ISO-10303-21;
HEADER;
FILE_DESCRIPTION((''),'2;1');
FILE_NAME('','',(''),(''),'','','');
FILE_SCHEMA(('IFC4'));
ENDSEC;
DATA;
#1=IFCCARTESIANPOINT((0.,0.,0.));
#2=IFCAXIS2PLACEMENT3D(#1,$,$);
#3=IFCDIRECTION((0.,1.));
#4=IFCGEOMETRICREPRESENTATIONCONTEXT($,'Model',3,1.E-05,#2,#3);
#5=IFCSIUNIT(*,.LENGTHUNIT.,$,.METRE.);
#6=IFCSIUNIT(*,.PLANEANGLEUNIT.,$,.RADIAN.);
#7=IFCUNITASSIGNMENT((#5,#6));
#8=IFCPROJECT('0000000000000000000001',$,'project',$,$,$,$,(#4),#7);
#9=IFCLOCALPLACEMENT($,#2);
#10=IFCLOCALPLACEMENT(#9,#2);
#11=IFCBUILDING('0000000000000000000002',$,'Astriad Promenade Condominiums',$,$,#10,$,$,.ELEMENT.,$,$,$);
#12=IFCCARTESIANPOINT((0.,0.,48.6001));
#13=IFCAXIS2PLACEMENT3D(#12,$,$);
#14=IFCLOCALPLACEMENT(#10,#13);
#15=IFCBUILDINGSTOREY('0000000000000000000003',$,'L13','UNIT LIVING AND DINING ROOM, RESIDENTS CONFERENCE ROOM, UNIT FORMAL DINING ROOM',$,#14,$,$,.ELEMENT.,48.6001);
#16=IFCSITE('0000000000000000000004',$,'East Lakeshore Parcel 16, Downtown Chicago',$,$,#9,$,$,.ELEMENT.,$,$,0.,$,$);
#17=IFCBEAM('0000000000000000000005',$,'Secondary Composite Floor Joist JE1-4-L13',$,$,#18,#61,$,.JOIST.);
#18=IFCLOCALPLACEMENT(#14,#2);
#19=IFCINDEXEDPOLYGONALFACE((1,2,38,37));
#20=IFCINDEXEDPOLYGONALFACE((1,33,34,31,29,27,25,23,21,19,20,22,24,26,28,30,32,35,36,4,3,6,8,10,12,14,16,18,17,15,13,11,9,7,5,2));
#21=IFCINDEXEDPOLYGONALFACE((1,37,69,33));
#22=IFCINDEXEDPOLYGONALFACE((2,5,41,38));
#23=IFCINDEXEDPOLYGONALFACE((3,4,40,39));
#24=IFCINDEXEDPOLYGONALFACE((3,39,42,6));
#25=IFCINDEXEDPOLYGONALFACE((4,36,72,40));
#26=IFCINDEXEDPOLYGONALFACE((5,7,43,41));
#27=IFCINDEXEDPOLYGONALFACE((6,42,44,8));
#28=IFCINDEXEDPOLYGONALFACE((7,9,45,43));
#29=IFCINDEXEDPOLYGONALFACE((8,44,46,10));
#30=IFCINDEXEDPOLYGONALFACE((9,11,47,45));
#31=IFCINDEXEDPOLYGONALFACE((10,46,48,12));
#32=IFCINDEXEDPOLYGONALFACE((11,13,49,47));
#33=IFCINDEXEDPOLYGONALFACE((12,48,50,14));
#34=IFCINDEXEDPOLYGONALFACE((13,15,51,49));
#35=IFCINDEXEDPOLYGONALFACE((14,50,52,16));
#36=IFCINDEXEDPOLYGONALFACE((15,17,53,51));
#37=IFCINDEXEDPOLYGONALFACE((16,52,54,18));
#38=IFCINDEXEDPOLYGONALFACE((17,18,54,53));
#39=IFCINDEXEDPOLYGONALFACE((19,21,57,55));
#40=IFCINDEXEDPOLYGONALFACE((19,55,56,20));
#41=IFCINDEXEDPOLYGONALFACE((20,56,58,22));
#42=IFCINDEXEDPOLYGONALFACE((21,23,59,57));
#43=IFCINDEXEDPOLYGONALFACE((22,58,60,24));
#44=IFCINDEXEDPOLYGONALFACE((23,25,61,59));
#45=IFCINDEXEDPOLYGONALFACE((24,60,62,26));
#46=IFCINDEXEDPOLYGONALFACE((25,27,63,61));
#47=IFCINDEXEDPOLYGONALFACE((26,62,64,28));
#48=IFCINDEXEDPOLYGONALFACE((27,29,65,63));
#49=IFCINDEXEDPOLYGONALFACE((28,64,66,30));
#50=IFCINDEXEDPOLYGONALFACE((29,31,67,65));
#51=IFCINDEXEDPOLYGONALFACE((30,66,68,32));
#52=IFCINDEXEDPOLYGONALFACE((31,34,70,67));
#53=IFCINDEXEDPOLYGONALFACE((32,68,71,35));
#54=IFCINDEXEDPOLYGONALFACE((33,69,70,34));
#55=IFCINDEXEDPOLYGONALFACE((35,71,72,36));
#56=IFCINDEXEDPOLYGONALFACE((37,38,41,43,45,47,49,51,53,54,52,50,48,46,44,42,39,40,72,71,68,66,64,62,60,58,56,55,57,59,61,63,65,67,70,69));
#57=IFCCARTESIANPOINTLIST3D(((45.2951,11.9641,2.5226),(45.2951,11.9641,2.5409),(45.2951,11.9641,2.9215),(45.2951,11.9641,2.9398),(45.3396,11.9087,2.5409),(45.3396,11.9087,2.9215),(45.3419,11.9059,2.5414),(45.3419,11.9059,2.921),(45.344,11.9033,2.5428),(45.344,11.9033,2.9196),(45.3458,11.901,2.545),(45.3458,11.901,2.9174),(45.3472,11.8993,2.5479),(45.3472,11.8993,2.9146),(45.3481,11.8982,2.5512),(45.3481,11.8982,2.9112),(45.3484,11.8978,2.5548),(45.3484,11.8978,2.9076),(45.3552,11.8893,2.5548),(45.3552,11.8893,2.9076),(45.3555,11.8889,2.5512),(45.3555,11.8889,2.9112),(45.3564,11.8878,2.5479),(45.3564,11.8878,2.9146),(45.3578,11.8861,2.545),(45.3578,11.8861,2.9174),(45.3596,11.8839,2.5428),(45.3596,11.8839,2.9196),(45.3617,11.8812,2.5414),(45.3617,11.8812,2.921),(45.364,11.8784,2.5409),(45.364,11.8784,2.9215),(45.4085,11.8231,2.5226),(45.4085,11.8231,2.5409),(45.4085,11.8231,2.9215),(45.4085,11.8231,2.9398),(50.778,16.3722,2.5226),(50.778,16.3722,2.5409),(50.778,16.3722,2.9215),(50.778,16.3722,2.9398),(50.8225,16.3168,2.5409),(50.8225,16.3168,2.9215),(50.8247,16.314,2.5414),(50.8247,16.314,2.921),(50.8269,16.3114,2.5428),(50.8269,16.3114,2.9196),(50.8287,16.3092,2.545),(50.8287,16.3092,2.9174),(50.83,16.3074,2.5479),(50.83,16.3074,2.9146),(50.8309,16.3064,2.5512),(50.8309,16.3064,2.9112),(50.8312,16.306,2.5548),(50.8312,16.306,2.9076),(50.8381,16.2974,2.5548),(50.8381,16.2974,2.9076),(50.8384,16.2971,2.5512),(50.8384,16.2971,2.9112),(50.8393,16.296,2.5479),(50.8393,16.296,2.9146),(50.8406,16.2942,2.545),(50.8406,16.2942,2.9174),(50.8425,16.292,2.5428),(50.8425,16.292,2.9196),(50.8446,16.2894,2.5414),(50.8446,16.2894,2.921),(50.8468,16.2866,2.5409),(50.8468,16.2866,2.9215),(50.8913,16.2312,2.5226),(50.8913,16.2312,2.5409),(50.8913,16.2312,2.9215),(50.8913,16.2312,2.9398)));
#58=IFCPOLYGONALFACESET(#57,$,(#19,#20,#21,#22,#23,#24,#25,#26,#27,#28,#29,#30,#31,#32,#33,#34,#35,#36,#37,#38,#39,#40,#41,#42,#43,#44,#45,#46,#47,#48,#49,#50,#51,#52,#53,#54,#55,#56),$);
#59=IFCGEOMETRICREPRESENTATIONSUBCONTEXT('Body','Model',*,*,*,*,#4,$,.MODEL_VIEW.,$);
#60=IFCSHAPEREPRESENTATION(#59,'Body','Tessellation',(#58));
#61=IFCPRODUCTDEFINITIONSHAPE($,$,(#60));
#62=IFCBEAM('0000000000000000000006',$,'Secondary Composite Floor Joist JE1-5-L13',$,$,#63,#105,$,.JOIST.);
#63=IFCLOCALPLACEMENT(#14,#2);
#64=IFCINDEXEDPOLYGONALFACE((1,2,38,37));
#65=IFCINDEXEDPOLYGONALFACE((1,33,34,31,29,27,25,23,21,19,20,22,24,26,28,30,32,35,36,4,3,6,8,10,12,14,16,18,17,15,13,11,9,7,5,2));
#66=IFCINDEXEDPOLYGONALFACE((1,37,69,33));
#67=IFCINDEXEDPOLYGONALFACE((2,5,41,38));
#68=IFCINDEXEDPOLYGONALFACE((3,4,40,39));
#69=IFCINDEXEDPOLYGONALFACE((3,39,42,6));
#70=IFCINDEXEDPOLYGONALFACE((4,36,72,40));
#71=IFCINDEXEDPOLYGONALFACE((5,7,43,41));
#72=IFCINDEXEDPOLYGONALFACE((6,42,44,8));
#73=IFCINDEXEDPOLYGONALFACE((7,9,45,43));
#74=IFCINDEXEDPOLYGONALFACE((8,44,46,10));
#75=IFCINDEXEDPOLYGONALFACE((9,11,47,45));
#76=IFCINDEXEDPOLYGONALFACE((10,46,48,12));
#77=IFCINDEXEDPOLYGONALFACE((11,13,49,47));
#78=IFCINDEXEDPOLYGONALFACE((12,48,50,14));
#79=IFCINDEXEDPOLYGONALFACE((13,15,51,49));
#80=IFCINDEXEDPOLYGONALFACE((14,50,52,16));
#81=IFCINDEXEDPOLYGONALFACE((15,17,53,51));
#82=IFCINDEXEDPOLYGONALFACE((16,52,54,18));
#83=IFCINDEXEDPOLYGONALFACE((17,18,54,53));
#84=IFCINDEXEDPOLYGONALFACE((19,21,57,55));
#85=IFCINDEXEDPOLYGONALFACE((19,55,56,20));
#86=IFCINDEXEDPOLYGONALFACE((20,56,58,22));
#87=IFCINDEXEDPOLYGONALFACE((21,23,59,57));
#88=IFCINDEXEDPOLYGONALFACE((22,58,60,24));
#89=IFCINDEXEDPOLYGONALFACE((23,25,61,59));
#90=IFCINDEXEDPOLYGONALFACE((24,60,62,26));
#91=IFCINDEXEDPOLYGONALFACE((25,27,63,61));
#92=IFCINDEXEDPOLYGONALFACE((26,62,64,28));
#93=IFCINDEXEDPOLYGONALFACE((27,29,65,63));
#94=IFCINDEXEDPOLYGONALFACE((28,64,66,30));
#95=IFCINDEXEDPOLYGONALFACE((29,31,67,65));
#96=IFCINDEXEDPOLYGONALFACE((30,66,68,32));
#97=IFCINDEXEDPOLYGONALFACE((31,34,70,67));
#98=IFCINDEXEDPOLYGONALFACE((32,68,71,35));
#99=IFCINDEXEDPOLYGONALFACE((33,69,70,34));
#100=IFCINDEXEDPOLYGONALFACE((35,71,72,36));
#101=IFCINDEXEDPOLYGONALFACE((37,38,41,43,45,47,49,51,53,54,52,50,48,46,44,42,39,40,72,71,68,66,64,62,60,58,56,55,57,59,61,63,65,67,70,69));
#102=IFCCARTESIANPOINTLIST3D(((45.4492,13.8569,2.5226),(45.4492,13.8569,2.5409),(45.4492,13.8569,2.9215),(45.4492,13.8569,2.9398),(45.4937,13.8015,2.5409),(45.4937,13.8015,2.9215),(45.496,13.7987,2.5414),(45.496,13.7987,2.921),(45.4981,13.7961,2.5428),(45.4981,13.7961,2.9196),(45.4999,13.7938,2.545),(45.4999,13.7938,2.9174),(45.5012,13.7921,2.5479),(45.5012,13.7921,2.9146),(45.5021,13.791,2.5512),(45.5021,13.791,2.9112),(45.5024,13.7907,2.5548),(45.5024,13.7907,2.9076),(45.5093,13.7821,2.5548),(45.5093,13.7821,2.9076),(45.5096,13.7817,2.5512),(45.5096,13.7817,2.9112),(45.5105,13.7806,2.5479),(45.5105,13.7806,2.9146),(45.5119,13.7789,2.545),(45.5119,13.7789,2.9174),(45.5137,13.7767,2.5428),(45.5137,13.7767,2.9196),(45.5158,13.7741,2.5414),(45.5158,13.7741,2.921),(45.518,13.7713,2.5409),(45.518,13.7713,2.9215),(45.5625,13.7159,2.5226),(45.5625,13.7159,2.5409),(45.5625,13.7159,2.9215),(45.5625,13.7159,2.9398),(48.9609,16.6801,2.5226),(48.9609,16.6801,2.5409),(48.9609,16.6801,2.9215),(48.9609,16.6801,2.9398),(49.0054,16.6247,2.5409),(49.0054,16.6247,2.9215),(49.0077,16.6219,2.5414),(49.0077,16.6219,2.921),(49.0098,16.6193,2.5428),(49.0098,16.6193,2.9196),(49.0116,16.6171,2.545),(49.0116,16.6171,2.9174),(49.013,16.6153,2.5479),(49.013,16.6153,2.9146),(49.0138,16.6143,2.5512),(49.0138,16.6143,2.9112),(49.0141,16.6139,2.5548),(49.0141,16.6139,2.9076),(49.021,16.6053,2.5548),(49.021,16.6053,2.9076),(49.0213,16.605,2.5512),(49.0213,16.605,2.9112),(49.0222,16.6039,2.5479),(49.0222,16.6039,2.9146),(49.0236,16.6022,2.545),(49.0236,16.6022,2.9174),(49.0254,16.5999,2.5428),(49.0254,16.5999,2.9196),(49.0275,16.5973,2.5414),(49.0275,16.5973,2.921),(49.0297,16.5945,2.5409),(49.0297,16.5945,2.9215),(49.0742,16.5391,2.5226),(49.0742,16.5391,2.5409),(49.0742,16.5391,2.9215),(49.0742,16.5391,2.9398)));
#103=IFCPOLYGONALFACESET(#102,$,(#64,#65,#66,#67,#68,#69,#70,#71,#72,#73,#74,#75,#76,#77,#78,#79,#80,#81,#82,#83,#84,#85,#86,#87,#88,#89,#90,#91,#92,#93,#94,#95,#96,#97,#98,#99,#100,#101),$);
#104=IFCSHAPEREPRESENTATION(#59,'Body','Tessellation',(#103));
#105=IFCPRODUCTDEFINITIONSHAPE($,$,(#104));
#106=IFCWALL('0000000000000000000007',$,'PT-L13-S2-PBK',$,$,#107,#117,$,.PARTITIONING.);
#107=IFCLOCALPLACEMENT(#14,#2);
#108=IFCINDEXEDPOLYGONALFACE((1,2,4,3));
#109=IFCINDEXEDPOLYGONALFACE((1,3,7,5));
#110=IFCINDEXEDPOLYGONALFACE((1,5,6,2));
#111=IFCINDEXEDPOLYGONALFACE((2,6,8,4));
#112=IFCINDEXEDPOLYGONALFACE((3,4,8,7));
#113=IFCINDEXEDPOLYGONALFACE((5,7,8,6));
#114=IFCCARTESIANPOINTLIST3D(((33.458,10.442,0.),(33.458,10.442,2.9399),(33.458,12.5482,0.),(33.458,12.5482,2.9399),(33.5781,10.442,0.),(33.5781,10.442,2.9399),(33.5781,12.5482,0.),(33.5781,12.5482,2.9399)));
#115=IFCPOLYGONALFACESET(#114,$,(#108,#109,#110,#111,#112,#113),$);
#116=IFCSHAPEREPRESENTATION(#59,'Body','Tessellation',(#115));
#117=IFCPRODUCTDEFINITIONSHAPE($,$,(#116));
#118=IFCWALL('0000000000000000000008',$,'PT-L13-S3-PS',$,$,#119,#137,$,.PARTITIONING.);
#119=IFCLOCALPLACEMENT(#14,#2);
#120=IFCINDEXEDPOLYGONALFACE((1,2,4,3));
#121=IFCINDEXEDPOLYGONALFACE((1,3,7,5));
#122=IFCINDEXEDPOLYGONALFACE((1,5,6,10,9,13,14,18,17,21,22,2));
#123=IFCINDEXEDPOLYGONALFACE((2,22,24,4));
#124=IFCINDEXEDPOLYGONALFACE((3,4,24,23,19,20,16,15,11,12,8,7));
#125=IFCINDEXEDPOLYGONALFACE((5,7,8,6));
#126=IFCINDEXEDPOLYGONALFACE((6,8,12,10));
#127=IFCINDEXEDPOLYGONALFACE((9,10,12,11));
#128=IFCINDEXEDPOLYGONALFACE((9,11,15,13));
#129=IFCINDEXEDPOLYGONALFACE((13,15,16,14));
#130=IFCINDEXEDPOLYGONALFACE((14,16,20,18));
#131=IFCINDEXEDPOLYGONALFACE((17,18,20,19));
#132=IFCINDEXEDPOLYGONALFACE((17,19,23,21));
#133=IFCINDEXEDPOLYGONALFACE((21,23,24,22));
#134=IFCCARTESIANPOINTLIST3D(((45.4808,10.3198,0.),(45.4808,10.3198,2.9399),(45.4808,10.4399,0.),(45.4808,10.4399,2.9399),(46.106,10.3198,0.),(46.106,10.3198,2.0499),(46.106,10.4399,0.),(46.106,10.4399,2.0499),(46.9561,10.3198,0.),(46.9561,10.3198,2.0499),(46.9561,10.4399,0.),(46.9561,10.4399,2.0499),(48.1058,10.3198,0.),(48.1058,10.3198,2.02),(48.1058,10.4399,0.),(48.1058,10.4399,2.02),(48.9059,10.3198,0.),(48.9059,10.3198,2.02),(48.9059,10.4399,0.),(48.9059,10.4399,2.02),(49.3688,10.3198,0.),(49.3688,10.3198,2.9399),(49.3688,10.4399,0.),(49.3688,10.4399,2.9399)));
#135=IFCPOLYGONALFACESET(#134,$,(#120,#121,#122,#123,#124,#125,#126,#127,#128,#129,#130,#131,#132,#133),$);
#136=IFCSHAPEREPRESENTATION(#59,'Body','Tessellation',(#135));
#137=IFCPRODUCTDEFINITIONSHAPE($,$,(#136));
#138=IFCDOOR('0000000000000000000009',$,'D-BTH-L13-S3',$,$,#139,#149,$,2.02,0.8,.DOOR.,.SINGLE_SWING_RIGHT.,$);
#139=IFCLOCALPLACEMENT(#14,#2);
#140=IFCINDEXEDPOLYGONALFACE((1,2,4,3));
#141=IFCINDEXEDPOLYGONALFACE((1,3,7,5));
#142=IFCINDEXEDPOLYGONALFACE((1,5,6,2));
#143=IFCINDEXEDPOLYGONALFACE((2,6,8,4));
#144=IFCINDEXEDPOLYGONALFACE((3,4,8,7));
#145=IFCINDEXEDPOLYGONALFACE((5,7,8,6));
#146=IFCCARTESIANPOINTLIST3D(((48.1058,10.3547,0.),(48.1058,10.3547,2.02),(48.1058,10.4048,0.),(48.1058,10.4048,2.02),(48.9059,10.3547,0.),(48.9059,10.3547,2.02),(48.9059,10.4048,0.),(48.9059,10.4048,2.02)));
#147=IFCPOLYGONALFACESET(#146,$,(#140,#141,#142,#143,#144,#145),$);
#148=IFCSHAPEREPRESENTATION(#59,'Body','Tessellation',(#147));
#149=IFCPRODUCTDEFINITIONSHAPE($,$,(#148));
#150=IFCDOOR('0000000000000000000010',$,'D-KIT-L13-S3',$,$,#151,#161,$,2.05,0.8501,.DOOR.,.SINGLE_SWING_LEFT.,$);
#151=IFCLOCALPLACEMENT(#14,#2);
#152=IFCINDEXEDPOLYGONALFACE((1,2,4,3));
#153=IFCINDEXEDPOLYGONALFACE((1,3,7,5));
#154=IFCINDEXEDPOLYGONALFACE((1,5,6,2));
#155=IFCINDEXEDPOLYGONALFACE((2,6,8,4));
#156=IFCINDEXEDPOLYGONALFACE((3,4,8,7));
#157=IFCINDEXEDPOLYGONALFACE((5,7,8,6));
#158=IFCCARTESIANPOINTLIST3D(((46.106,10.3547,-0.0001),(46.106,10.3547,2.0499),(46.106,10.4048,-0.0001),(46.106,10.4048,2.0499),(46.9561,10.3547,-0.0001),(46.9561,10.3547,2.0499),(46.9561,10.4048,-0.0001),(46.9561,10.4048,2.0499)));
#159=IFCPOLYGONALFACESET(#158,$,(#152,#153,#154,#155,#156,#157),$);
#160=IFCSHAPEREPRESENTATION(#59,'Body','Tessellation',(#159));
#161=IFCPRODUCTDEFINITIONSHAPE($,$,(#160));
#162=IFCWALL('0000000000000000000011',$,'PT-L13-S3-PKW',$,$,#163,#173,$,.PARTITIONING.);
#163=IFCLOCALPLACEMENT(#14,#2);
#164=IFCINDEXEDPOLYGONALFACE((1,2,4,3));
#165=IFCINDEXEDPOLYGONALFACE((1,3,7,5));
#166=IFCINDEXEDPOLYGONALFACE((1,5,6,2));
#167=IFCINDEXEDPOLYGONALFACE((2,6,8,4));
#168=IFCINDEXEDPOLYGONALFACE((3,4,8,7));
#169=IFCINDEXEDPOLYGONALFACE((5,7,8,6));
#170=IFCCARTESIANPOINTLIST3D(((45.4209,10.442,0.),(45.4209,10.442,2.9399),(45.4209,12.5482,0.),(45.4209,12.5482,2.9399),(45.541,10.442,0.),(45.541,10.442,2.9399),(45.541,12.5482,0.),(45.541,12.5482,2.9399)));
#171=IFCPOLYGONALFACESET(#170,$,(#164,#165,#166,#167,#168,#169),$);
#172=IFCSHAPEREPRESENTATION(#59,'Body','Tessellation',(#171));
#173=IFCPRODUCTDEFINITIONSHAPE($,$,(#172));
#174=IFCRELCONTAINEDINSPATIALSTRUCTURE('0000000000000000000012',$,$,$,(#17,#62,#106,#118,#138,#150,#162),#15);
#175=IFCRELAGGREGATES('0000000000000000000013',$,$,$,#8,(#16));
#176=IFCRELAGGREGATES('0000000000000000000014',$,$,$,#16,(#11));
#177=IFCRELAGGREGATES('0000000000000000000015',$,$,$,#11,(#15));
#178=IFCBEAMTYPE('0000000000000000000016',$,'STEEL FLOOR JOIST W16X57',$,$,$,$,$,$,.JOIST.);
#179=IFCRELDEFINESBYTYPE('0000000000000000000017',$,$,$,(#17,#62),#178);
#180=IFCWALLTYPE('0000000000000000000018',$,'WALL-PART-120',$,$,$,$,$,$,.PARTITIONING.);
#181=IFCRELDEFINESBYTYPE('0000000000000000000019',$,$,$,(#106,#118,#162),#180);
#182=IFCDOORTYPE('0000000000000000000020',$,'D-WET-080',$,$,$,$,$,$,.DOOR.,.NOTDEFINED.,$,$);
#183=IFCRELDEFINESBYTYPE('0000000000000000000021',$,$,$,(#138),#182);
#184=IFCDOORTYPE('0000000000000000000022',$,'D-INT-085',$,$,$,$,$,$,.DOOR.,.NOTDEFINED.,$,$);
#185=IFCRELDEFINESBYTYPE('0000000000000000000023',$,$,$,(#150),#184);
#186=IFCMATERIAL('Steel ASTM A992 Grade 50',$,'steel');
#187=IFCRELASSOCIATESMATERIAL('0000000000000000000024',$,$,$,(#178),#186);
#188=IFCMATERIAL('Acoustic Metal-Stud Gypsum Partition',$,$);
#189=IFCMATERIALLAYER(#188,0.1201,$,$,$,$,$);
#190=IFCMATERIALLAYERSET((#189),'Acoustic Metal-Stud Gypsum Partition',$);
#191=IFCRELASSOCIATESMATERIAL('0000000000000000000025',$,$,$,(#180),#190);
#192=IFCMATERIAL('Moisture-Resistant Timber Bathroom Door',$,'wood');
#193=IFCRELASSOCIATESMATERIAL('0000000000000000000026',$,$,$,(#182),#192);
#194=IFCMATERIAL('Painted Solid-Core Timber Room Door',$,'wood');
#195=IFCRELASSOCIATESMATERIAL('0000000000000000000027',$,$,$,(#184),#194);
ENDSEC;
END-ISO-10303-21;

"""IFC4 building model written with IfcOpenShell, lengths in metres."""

from ifc_helpers import new_model, si_unit, direction, frame, frame_2d, origin, origin_2d, place, context, subcontext, project, spatial, rectangle, i_section, extrude, source, transform, mapped, material, layer, layer_set, material_profile, profile_set, type_object, type_shapes, element, fill, save


model = new_model("IFC4")

# Units and contexts
model_context = context("Model", 3, precision=1e-05, world=origin(), true_north=direction((0.0, 1.0)))
body_context = subcontext(model_context, "Body", "Model", "MODEL_VIEW")
ifc_project = project(units=[si_unit("LENGTHUNIT", "METRE"), si_unit("PLANEANGLEUNIT", "RADIAN")], contexts=[model_context])

# Site, building, storey
site_placement = place(None, origin())
site = spatial("IfcSite", under=ifc_project, at=site_placement, Name="East Lakeshore Parcel 16, Downtown Chicago", CompositionType="ELEMENT", RefElevation=0.0)
building_placement = place(site_placement, origin())
building = spatial("IfcBuilding", under=site, at=building_placement, Name="Astriad Promenade Condominiums", CompositionType="ELEMENT")
storey_placement = place(building_placement, frame((0.0, 0.0, 48.6001)))
storey = spatial("IfcBuildingStorey", under=building, at=storey_placement, Name="L13", Description="UNIT LIVING AND DINING ROOM, RESIDENTS CONFERENCE ROOM, UNIT FORMAL DINING ROOM", CompositionType="ELEMENT", Elevation=48.6001)

# Shared definitions
ifc_material_1 = material(Name="Steel ASTM A992 Grade 50", Category="steel")

# Beams
ifc_material_profile_1 = material_profile(ifc_material_1, i_section(OverallWidth=0.1809, OverallDepth=0.4172, WebThickness=0.011, FlangeThickness=0.0183, FilletRadius=0.0139, at=origin_2d()), Name="W16X57")
ifc_profile_set_1 = profile_set([ifc_material_profile_1], Name="Steel ASTM A992 Grade 50")
beam_type = type_object("IfcBeamType", Name="STEEL FLOOR JOIST W16X57", PredefinedType="JOIST", material=ifc_profile_set_1)
shared_shape_1 = source(origin(), body_context, "Body", "SweptSolid", [
    extrude(i_section(OverallWidth=0.1809, OverallDepth=0.4172, WebThickness=0.011, FlangeThickness=0.0183, FilletRadius=0.0139, at=origin_2d()), origin(), (0.0, 0.0, 1.0), 7.0352),
])
beam_1_placement = place(storey_placement, frame((45.3518, 11.8936, 2.7312), z_axis=(0.77935, 0.626589, 0.0), x_axis=(-0.626589, 0.77935, 0.0)))
element("IfcBeam", 1, at=beam_1_placement, inside=storey, type_object=beam_type, Name="Secondary Composite Floor Joist JE1-4-L13", PredefinedType="JOIST", context=body_context, shape_type="MappedRepresentation", body=[
    mapped(shared_shape_1, transform((0.0, 0.0, 0.0), scale=1.0)),
])
shared_shape_2 = source(origin(), body_context, "Body", "SweptSolid", [
    extrude(i_section(OverallWidth=0.1809, OverallDepth=0.4172, WebThickness=0.011, FlangeThickness=0.0183, FilletRadius=0.0139, at=origin_2d()), origin(), (0.0, 0.0, 1.0), 4.5059),
])
beam_2_placement = place(storey_placement, frame((45.5059, 13.7864, 2.7312), z_axis=(0.779365, 0.62657, 0.0), x_axis=(-0.62657, 0.779365, 0.0)))
element("IfcBeam", 2, at=beam_2_placement, inside=storey, type_object=beam_type, Name="Secondary Composite Floor Joist JE1-5-L13", PredefinedType="JOIST", context=body_context, shape_type="MappedRepresentation", body=[
    mapped(shared_shape_2, transform((0.0, 0.0, 0.0), scale=1.0)),
])

# Wall
ifc_material_2 = material(Name="Acoustic Metal-Stud Gypsum Partition")
ifc_layer_1 = layer(ifc_material_2, 0.1201)
ifc_layer_set_1 = layer_set([ifc_layer_1], Name="Acoustic Metal-Stud Gypsum Partition")
wall_type_1 = type_object("IfcWallType", Name="WALL-PART-120", PredefinedType="PARTITIONING", material=ifc_layer_set_1)
wall_1_placement = place(storey_placement, frame((33.5181, 10.4419, 0.0), z_axis=(0.0, 0.0, 1.0), x_axis=(0.0, 1.0, 0.0)))
element("IfcWall", 3, at=wall_1_placement, inside=storey, type_object=wall_type_1, Name="PT-L13-S2-PBK", PredefinedType="PARTITIONING", context=body_context, shape_type="SweptSolid", body=[
    extrude(rectangle(XDim=2.1062, YDim=0.1201, at=frame_2d((1.0532, 0.0))), origin(), (0.0, 0.0, 1.0), 2.9399),
])

# Wall, openings, doors
wall_2_placement = place(storey_placement, frame((45.481, 10.3799, 0.0), z_axis=(0.0, 0.0, 1.0), x_axis=(1.0, 0.0, 0.0)))
wall_2 = element("IfcWall", 4, at=wall_2_placement, inside=storey, type_object=wall_type_1, Name="PT-L13-S3-PS", PredefinedType="PARTITIONING", context=body_context, shape_type="SweptSolid", body=[
    extrude(rectangle(XDim=3.8879, YDim=0.1201, at=frame_2d((1.9438, 0.0))), origin(), (0.0, 0.0, 1.0), 2.9399),
])
opening_1_placement = place(wall_2_placement, frame((0.625, 0.0, 0.0)))
opening_1 = element("IfcOpeningElement", 5, at=opening_1_placement, cuts=wall_2, PredefinedType="OPENING", context=body_context, shape_type="SweptSolid", body=[
    extrude(rectangle(XDim=0.8501, YDim=2.05, at=frame_2d((0.425, 1.0249))), frame((0.0, 0.0701, 0.0), z_axis=(0.0, -1.0, 0.0), x_axis=(1.0, 0.0, 0.0)), (0.0, 0.0, 1.0), 0.1401),
])
opening_2_placement = place(wall_2_placement, frame((2.625, 0.0, 0.0)))
opening_2 = element("IfcOpeningElement", 6, at=opening_2_placement, cuts=wall_2, PredefinedType="OPENING", context=body_context, shape_type="SweptSolid", body=[
    extrude(rectangle(XDim=0.8, YDim=2.02, at=frame_2d((0.3999, 1.01))), frame((0.0, 0.0701, 0.0), z_axis=(0.0, -1.0, 0.0), x_axis=(1.0, 0.0, 0.0)), (0.0, 0.0, 1.0), 0.1401),
])
ifc_material_3 = material(Name="Moisture-Resistant Timber Bathroom Door", Category="wood")
door_type_1 = type_object("IfcDoorType", Name="D-WET-080", OperationType="NOTDEFINED", PredefinedType="DOOR", material=ifc_material_3)
shared_shape_3 = source(origin(), body_context, "Body", "SweptSolid", [
    extrude(rectangle(XDim=0.8, YDim=2.02, at=frame_2d((0.3999, 1.01))), frame((0.0, 0.0249, 0.0), z_axis=(0.0, -1.0, 0.0), x_axis=(1.0, 0.0, 0.0)), (0.0, 0.0, 1.0), 0.05),
])
type_shapes(door_type_1, [shared_shape_3])
door_1_placement = place(opening_2_placement, origin())
door_1 = element("IfcDoor", 7, at=door_1_placement, inside=storey, type_object=door_type_1, Name="D-BTH-L13-S3", OperationType="SINGLE_SWING_RIGHT", OverallHeight=2.02, OverallWidth=0.8, PredefinedType="DOOR", context=body_context, shape_type="MappedRepresentation", body=[
    mapped(shared_shape_3, transform((0.0, 0.0, 0.0), scale=1.0)),
])
fill(opening_2, door_1)
ifc_material_4 = material(Name="Painted Solid-Core Timber Room Door", Category="wood")
door_type_2 = type_object("IfcDoorType", Name="D-INT-085", OperationType="NOTDEFINED", PredefinedType="DOOR", material=ifc_material_4)
shared_shape_4 = source(origin(), body_context, "Body", "SweptSolid", [
    extrude(rectangle(XDim=0.8501, YDim=2.05, at=frame_2d((0.425, 1.0249))), frame((0.0, 0.0249, 0.0), z_axis=(0.0, -1.0, 0.0), x_axis=(1.0, 0.0, 0.0)), (0.0, 0.0, 1.0), 0.05),
])
type_shapes(door_type_2, [shared_shape_4])
door_2_placement = place(opening_1_placement, origin())
door_2 = element("IfcDoor", 8, at=door_2_placement, inside=storey, type_object=door_type_2, Name="D-KIT-L13-S3", OperationType="SINGLE_SWING_LEFT", OverallHeight=2.05, OverallWidth=0.8501, PredefinedType="DOOR", context=body_context, shape_type="MappedRepresentation", body=[
    mapped(shared_shape_4, transform((0.0, 0.0, 0.0), scale=1.0)),
])
fill(opening_1, door_2)

# Wall
wall_3_placement = place(storey_placement, frame((45.481, 10.4419, 0.0), z_axis=(0.0, 0.0, 1.0), x_axis=(0.0, 1.0, 0.0)))
element("IfcWall", 9, at=wall_3_placement, inside=storey, type_object=wall_type_1, Name="PT-L13-S3-PKW", PredefinedType="PARTITIONING", context=body_context, shape_type="SweptSolid", body=[
    extrude(rectangle(XDim=2.1062, YDim=0.1201, at=frame_2d((1.0532, 0.0))), origin(), (0.0, 0.0, 1.0), 2.9399),
])

save(model, "model.ifc")
